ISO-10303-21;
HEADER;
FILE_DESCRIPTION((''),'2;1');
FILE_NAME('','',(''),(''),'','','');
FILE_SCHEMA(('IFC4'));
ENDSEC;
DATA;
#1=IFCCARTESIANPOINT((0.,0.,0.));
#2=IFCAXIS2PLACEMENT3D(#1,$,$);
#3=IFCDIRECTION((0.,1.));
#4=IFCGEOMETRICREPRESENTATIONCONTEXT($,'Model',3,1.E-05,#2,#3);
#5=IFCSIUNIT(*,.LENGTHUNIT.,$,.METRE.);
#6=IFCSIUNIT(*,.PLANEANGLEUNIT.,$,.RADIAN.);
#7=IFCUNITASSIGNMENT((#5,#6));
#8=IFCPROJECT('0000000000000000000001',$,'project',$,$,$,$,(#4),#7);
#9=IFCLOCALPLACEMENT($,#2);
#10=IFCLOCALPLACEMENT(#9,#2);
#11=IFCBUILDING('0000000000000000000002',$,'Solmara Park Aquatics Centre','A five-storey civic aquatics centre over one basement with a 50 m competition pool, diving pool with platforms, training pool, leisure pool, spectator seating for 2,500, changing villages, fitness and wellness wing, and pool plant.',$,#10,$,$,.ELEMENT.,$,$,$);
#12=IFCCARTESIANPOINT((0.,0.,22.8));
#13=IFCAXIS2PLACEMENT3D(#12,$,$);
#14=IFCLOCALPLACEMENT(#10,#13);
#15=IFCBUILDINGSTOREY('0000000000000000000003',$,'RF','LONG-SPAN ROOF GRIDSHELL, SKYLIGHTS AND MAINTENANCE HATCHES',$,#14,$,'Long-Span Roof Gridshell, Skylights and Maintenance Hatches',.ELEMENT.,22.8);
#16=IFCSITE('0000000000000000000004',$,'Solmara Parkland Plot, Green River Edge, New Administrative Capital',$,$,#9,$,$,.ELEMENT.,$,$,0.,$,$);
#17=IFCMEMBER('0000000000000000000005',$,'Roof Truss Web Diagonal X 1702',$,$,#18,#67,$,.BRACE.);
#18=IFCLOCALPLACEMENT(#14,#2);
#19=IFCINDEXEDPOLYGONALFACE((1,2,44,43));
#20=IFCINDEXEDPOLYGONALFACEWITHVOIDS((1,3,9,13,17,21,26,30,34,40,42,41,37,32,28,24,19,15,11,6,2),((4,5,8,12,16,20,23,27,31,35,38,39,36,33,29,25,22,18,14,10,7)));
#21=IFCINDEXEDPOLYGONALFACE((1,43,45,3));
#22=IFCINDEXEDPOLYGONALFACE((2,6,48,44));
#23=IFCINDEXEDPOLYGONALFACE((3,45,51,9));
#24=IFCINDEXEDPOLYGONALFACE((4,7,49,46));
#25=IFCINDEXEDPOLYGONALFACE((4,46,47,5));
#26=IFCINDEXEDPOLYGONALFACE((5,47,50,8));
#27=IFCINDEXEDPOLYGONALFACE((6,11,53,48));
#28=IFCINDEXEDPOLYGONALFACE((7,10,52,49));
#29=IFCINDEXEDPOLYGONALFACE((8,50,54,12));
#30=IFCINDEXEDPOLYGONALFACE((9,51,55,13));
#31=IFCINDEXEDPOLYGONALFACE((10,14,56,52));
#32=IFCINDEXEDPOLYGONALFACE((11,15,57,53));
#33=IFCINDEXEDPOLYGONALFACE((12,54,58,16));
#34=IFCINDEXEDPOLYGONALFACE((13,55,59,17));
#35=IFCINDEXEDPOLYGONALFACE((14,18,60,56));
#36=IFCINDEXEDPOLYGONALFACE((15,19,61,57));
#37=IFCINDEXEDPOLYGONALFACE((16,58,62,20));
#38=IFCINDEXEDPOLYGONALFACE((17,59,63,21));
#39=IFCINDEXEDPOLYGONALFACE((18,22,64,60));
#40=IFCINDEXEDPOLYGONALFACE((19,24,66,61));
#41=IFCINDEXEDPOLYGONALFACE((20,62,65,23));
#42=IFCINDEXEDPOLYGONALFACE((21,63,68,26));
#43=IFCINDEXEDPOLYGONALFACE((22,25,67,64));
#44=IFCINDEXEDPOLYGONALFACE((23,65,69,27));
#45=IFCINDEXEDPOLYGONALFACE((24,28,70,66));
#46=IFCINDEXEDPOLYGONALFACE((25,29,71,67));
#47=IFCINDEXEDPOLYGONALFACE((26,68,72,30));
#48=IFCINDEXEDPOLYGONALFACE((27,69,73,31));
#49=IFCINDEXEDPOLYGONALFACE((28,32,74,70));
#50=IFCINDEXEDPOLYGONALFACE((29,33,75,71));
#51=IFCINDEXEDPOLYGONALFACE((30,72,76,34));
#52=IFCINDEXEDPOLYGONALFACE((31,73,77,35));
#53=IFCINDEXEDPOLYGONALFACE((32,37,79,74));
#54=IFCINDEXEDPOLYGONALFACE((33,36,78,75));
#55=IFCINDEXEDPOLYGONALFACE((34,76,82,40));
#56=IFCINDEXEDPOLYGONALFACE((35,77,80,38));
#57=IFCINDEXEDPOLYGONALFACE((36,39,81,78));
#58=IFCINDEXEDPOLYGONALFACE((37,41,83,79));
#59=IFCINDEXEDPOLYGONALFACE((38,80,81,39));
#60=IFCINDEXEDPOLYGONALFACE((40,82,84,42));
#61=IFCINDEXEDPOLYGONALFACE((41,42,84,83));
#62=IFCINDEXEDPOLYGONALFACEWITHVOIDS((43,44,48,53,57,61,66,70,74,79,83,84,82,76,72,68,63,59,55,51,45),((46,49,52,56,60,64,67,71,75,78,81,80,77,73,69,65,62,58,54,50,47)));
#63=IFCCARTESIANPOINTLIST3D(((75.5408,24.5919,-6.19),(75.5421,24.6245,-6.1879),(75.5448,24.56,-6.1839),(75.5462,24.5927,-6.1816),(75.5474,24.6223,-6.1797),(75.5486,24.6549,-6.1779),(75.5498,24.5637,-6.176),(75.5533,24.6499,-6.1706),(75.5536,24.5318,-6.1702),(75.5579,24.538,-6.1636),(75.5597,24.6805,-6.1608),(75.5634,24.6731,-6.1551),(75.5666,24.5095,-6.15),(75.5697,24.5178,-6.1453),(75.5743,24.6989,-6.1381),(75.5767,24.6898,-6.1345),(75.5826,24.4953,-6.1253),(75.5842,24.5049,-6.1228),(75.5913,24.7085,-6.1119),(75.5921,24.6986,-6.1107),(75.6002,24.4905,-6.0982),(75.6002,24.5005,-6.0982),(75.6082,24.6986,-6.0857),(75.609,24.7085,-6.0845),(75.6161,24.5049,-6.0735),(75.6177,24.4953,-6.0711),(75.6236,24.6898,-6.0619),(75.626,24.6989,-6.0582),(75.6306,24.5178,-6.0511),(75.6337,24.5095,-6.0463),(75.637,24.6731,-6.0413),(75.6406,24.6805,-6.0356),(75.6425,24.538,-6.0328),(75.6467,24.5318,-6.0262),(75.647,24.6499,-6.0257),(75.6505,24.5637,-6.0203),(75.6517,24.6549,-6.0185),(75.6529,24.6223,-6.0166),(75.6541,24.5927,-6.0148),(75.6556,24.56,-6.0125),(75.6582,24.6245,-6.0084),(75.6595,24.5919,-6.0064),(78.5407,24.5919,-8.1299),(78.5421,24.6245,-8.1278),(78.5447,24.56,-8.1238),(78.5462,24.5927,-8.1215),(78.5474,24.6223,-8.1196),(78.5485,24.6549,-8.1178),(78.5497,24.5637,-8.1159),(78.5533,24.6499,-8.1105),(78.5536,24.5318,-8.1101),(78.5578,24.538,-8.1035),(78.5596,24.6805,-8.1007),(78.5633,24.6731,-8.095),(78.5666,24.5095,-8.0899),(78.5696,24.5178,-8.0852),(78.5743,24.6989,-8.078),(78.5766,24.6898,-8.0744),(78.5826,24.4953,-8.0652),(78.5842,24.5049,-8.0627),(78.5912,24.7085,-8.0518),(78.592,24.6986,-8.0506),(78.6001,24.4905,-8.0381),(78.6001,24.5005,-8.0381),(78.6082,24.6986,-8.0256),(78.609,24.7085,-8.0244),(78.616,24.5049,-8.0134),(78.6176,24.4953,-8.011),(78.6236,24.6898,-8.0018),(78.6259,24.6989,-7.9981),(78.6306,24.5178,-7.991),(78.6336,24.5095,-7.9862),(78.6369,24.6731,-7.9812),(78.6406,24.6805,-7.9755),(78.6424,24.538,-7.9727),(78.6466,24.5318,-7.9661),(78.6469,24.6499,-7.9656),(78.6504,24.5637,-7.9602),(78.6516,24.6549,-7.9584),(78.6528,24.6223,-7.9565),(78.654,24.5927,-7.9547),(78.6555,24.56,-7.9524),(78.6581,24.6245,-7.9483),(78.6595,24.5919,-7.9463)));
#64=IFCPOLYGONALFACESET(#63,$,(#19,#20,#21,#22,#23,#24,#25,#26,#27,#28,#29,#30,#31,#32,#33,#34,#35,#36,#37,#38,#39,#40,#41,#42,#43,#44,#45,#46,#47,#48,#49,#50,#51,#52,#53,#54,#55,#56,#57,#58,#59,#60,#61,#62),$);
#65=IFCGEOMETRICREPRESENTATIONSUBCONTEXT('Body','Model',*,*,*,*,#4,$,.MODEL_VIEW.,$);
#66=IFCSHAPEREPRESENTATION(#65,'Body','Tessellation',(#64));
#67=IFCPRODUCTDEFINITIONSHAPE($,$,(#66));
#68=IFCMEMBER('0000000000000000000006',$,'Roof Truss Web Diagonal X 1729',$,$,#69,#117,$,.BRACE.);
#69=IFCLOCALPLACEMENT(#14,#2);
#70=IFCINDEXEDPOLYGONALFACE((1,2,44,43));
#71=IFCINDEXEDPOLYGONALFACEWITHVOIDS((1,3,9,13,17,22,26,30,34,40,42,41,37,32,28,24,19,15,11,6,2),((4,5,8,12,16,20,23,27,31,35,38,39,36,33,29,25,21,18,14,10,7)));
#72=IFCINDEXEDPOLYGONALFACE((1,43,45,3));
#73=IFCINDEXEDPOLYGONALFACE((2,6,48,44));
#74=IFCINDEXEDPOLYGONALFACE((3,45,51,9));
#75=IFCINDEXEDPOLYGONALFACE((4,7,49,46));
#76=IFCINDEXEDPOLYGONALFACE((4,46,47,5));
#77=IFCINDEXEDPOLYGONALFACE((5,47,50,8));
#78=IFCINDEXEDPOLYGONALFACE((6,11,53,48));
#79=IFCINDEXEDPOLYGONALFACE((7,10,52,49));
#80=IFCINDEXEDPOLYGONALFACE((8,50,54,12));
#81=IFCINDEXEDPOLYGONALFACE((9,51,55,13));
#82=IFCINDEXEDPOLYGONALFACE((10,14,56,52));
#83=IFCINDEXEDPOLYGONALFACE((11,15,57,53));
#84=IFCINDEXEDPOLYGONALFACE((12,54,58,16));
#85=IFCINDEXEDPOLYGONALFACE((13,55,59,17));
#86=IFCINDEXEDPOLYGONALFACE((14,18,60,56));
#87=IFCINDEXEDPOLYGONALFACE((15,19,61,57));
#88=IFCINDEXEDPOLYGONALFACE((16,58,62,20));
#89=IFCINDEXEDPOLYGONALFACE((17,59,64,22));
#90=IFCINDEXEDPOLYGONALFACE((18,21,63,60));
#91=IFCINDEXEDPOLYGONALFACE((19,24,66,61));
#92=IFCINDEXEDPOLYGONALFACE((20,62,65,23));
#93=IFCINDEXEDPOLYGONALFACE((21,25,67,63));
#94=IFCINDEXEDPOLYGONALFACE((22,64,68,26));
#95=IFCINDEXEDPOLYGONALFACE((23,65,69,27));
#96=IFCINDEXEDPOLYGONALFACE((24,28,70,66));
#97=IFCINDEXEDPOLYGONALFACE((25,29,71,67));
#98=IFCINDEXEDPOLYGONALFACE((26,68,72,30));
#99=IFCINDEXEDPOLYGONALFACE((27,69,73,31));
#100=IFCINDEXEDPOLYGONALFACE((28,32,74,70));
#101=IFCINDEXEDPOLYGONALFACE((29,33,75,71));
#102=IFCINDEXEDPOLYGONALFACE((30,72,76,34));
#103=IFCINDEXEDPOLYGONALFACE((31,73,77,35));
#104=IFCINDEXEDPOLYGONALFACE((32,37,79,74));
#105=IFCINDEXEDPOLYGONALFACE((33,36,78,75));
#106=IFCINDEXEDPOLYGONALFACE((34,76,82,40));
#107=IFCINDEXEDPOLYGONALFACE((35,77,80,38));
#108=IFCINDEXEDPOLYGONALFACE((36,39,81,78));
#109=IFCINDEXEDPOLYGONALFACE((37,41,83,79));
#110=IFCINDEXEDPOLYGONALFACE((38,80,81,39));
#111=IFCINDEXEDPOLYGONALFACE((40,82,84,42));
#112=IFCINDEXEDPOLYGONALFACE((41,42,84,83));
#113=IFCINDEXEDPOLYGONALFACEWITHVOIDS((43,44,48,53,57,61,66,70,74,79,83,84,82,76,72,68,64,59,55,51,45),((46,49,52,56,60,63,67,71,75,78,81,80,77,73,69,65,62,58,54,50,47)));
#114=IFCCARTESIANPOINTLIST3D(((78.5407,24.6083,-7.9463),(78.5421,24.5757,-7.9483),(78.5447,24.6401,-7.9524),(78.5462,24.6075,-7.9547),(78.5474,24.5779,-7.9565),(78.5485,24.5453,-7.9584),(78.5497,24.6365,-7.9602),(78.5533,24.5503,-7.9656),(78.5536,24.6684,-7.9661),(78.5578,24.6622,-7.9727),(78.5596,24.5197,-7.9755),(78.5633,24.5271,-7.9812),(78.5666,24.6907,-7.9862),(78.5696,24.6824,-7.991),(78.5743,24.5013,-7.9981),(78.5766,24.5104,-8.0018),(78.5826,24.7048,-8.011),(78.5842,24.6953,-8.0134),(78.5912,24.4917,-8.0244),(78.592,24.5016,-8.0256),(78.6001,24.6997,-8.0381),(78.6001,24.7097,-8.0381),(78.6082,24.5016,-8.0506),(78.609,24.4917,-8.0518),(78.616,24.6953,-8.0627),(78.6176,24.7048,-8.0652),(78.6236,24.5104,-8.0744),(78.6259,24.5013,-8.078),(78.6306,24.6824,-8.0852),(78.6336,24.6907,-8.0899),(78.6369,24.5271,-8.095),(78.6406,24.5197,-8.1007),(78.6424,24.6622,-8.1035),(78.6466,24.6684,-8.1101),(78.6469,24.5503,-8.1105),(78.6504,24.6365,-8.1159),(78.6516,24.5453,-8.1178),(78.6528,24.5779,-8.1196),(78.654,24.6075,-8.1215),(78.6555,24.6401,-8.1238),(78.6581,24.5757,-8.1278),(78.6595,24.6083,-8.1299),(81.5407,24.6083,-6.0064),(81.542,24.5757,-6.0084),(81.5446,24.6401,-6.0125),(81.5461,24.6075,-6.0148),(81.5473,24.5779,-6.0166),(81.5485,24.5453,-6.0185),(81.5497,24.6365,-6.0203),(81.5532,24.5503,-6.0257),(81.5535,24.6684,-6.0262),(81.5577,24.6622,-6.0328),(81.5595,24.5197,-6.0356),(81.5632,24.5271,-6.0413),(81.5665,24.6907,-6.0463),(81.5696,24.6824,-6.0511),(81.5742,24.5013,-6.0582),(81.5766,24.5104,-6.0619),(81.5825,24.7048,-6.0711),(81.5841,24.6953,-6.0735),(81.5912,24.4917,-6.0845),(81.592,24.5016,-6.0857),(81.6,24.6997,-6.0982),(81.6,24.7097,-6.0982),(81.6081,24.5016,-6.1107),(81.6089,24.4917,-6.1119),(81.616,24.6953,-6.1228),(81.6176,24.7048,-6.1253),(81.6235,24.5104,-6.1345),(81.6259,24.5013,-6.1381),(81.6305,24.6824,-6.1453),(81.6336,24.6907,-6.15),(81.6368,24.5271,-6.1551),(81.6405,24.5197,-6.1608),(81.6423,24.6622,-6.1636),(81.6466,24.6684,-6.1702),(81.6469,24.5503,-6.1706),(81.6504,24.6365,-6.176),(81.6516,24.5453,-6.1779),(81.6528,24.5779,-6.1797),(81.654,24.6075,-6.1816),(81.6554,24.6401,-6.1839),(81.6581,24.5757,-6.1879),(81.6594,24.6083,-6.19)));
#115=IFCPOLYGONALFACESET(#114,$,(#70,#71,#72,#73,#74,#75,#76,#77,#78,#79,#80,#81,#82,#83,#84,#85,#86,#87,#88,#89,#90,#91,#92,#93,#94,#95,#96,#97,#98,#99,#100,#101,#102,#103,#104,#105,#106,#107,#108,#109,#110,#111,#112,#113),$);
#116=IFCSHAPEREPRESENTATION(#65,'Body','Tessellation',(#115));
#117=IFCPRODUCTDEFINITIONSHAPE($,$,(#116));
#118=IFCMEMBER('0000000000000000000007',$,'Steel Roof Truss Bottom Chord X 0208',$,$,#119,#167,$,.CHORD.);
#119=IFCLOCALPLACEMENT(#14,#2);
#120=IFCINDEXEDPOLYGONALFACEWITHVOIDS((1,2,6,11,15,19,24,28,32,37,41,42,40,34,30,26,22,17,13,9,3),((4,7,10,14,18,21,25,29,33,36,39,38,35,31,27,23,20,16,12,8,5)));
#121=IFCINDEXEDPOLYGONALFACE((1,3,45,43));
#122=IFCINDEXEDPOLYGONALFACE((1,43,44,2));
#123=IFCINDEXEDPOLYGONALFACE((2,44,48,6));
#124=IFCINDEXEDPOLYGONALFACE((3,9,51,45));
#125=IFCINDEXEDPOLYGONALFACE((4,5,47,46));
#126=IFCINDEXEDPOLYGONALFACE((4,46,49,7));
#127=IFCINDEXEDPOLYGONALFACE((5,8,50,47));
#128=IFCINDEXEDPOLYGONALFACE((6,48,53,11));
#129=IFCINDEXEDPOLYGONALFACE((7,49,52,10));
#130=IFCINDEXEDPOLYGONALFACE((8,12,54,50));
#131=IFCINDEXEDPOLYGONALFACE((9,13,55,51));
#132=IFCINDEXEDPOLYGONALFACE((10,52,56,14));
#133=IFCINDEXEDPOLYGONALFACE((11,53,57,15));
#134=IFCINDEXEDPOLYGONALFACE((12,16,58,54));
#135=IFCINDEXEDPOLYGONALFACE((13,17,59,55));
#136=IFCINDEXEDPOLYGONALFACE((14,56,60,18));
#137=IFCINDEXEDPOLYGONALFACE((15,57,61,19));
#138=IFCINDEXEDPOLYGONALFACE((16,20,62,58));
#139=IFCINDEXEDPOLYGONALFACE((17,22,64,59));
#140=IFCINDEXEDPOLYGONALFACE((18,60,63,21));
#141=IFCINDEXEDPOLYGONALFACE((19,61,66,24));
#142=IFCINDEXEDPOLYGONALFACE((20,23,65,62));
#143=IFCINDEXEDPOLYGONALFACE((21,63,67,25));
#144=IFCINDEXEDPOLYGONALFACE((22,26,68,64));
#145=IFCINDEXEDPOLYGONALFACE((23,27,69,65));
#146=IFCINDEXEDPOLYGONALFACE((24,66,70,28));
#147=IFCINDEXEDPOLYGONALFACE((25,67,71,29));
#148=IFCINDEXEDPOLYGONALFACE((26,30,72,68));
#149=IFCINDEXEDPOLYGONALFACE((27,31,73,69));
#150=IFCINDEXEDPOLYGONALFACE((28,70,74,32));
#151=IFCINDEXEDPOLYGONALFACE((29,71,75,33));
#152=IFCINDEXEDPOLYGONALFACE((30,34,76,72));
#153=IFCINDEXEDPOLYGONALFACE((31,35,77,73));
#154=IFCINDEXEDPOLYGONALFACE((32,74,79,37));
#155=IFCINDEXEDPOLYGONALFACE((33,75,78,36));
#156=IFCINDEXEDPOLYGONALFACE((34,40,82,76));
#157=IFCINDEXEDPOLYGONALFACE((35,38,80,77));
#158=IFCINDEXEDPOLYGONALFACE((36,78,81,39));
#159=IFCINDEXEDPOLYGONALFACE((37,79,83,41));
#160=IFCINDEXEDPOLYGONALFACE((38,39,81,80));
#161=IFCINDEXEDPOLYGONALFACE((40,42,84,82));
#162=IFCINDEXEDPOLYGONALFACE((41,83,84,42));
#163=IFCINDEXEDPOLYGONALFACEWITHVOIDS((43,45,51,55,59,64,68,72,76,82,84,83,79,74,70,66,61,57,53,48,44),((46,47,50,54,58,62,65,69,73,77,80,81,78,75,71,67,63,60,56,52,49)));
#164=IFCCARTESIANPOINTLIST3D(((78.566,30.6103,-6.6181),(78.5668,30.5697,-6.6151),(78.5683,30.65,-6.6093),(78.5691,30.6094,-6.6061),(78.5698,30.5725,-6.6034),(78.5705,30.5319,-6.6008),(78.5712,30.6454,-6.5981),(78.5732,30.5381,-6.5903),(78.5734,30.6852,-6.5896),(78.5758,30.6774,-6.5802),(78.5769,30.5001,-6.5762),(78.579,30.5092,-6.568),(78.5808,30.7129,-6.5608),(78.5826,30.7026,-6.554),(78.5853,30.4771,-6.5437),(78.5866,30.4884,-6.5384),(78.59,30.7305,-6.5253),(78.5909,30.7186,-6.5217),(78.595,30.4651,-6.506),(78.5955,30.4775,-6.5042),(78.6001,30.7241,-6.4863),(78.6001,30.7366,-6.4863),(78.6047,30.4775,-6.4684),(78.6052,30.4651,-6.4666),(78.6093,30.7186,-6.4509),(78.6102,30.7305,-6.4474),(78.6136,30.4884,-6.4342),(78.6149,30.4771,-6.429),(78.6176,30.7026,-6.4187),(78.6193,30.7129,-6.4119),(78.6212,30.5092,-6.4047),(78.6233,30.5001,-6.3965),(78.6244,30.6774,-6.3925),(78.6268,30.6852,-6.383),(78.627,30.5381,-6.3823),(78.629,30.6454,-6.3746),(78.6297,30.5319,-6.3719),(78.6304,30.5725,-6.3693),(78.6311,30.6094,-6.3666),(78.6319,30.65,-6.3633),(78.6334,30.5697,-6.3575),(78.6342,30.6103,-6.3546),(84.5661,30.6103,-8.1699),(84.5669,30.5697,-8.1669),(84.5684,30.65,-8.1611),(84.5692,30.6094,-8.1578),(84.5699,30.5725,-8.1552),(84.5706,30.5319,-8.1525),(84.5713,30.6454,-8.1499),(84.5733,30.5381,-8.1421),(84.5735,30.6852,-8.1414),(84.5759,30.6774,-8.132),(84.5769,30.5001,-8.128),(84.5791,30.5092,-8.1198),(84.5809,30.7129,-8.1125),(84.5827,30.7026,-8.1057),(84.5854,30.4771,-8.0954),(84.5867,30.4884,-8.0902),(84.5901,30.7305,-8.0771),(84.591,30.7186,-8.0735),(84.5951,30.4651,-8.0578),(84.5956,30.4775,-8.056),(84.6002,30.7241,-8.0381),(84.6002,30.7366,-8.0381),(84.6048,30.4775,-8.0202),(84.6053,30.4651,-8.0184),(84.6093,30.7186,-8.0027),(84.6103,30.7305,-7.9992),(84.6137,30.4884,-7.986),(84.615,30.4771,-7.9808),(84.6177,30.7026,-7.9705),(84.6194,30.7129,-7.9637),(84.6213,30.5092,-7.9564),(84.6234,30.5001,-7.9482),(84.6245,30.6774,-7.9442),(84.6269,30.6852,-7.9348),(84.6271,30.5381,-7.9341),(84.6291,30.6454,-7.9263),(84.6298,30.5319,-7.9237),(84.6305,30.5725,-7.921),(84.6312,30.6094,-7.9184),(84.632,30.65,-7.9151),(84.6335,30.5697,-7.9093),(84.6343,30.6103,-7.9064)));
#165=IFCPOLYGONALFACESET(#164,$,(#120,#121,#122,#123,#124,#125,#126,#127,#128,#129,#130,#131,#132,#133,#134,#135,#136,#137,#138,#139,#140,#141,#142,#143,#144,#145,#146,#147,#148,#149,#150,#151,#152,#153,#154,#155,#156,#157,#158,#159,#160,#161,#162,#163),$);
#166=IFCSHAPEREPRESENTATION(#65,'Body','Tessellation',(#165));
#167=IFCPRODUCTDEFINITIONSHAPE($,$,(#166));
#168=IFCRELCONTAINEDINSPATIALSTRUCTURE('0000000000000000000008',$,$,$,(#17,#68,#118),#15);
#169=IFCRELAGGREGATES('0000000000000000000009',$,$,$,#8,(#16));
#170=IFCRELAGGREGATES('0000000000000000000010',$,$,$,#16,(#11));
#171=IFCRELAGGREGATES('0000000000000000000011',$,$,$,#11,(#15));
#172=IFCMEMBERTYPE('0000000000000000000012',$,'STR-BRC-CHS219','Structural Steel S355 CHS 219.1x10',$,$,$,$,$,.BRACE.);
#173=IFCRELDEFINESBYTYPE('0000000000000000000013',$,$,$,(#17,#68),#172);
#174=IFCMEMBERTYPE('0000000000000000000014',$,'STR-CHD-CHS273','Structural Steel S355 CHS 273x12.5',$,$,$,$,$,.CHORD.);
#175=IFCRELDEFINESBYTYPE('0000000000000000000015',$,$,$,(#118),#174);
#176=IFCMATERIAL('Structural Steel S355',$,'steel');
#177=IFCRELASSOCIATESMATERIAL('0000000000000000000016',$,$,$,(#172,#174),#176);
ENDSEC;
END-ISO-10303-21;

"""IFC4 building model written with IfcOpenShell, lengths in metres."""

from ifc_helpers import new_model, si_unit, direction, frame, origin, origin_2d, place, context, subcontext, project, spatial, hollow_circle, extrude, material, material_profile, profile_set, type_object, element, save


model = new_model("IFC4")

# Units and contexts
model_context = context("Model", 3, precision=1e-05, world=origin(), true_north=direction((0.0, 1.0)))
body_context = subcontext(model_context, "Body", "Model", "MODEL_VIEW")
ifc_project = project(units=[si_unit("LENGTHUNIT", "METRE"), si_unit("PLANEANGLEUNIT", "RADIAN")], contexts=[model_context])

# Site, building, storey
site_placement = place(None, origin())
site = spatial("IfcSite", under=ifc_project, at=site_placement, Name="Solmara Parkland Plot, Green River Edge, New Administrative Capital", CompositionType="ELEMENT", RefElevation=0.0)
building_placement = place(site_placement, origin())
building = spatial("IfcBuilding", under=site, at=building_placement, Name="Solmara Park Aquatics Centre", Description="A five-storey civic aquatics centre over one basement with a 50 m competition pool, diving pool with platforms, training pool, leisure pool, spectator seating for 2,500, changing villages, fitness and wellness wing, and pool plant.", CompositionType="ELEMENT")
storey_placement = place(building_placement, frame((0.0, 0.0, 22.8)))
storey = spatial("IfcBuildingStorey", under=building, at=storey_placement, Name="RF", Description="LONG-SPAN ROOF GRIDSHELL, SKYLIGHTS AND MAINTENANCE HATCHES", LongName="Long-Span Roof Gridshell, Skylights and Maintenance Hatches", CompositionType="ELEMENT", Elevation=22.8)

# Members
ifc_material_1 = material(Name="Structural Steel S355", Category="steel")
ifc_material_profile_1 = material_profile(ifc_material_1, hollow_circle(Radius=0.1096, WallThickness=0.01, at=origin_2d()), Name="CHS 219.1x10")
ifc_profile_set_1 = profile_set([ifc_material_profile_1], Name="Structural Steel S355")
member_type_1 = type_object("IfcMemberType", Name="STR-BRC-CHS219", Description="Structural Steel S355 CHS 219.1x10", PredefinedType="BRACE", material=ifc_profile_set_1)
for number, where, z_axis, x_axis, name in (
    (1, (78.6001, 24.6001, -8.0381), (-0.839728, 0.0, 0.543008), (0.0, -1.0, 0.0), "Roof Truss Web Diagonal X 1702"),
    (2, (78.6001, 24.6001, -8.0381), (0.839728, 0.0, 0.543008), (0.0, 1.0, 0.0), "Roof Truss Web Diagonal X 1729"),
):
    element("IfcMember", number, at=place(storey_placement, frame(where, z_axis=z_axis, x_axis=x_axis)), inside=storey, type_object=member_type_1, Name=name, PredefinedType="BRACE", context=body_context, shape_type="SweptSolid", body=[
        extrude(hollow_circle(Radius=0.1096, WallThickness=0.01, at=origin_2d()), origin(), (0.0, 0.0, 1.0), 3.5725),
    ])
ifc_material_profile_2 = material_profile(ifc_material_1, hollow_circle(Radius=0.1365, WallThickness=0.0125, at=origin_2d()), Name="CHS 273x12.5")
ifc_profile_set_2 = profile_set([ifc_material_profile_2], Name="Structural Steel S355")
member_type_2 = type_object("IfcMemberType", Name="STR-CHD-CHS273", Description="Structural Steel S355 CHS 273x12.5", PredefinedType="CHORD", material=ifc_profile_set_2)
for number, where, z_axis, x_axis, name in (
    (3, (78.6001, 30.6001, -6.4863), (0.968146, 0.0, -0.250388), (0.0, 1.0, 0.0), "Steel Roof Truss Bottom Chord X 0208"),
):
    element("IfcMember", number, at=place(storey_placement, frame(where, z_axis=z_axis, x_axis=x_axis)), inside=storey, type_object=member_type_2, Name=name, PredefinedType="CHORD", context=body_context, shape_type="SweptSolid", body=[
        extrude(hollow_circle(Radius=0.1365, WallThickness=0.0125, at=origin_2d()), origin(), (0.0, 0.0, 1.0), 6.1975),
    ])

save(model, "model.ifc")
